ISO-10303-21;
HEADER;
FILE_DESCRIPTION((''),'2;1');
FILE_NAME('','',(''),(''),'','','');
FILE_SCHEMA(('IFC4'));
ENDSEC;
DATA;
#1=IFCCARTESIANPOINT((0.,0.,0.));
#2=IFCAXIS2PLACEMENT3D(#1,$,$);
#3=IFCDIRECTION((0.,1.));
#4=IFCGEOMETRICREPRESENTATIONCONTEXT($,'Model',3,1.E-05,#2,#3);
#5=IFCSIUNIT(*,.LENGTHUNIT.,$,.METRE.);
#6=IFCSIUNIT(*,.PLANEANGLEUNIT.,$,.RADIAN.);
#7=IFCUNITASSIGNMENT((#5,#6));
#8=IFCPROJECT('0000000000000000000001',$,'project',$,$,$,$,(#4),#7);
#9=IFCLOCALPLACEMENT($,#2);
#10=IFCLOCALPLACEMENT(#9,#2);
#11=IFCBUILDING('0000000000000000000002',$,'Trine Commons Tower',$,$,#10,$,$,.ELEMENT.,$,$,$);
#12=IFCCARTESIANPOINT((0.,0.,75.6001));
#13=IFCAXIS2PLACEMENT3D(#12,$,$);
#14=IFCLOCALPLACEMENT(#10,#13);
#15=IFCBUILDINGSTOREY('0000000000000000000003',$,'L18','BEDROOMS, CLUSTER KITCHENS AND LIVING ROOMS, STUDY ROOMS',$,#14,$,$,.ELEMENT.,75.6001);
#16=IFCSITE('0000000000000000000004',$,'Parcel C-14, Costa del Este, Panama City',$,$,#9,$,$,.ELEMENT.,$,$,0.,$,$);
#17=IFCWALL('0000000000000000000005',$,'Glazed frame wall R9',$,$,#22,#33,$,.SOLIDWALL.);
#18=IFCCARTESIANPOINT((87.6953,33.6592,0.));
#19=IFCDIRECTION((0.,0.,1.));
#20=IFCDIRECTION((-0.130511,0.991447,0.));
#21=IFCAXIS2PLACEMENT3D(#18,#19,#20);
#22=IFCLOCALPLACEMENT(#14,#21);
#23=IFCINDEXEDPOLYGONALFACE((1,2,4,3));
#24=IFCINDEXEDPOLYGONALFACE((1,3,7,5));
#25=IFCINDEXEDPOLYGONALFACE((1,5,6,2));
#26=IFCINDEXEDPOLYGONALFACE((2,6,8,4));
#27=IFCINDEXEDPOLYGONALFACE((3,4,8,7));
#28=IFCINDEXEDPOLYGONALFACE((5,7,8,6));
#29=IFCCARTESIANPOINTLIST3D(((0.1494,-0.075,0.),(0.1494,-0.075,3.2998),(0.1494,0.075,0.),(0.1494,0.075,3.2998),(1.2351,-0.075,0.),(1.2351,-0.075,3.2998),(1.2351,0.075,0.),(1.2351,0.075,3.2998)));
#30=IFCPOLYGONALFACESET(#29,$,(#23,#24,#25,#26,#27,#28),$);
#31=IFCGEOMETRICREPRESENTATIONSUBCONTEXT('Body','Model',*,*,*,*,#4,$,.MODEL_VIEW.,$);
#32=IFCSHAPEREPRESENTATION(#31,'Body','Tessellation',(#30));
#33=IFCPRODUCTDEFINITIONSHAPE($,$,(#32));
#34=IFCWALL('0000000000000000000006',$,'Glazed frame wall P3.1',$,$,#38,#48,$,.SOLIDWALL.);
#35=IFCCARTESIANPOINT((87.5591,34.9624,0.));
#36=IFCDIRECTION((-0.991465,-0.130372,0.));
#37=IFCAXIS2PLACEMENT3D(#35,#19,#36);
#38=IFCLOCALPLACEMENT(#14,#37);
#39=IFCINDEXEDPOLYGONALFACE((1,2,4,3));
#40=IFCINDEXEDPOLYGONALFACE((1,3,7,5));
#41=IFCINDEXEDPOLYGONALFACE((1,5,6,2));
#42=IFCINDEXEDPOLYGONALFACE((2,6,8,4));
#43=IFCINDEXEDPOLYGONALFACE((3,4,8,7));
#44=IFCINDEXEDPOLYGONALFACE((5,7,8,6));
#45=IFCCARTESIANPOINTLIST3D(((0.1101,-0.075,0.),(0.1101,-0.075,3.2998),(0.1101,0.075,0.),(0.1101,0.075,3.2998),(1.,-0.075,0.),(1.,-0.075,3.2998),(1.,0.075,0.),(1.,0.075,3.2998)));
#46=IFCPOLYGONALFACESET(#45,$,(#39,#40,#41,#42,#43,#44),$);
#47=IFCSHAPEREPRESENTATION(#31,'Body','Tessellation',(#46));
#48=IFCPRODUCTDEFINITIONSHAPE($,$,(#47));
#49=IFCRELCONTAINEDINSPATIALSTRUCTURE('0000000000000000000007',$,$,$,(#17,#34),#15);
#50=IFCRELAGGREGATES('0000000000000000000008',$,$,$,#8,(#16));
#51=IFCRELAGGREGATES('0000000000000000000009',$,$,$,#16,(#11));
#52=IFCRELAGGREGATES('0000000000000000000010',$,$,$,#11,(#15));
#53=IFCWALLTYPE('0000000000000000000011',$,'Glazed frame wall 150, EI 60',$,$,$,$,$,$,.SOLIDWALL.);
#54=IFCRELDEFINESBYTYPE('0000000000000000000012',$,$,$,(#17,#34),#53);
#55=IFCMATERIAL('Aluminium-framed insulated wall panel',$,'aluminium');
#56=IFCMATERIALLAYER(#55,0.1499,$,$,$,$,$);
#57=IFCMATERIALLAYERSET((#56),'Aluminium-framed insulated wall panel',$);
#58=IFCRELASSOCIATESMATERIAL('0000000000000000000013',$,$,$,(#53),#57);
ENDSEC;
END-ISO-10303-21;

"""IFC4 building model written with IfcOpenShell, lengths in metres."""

from ifc_helpers import new_model, si_unit, direction, frame, origin, place, context, subcontext, project, spatial, polyline, outline, extrude, material, layer, layer_set, type_object, element, save


model = new_model("IFC4")

# Units and contexts
model_context = context("Model", 3, precision=1e-05, world=origin(), true_north=direction((0.0, 1.0)))
body_context = subcontext(model_context, "Body", "Model", "MODEL_VIEW")
ifc_project = project(units=[si_unit("LENGTHUNIT", "METRE"), si_unit("PLANEANGLEUNIT", "RADIAN")], contexts=[model_context])

# Site, building, storey
site_placement = place(None, origin())
site = spatial("IfcSite", under=ifc_project, at=site_placement, Name="Parcel C-14, Costa del Este, Panama City", CompositionType="ELEMENT", RefElevation=0.0)
building_placement = place(site_placement, origin())
building = spatial("IfcBuilding", under=site, at=building_placement, Name="Trine Commons Tower", CompositionType="ELEMENT")
storey_placement = place(building_placement, frame((0.0, 0.0, 75.6001)))
storey = spatial("IfcBuildingStorey", under=building, at=storey_placement, Name="L18", Description="BEDROOMS, CLUSTER KITCHENS AND LIVING ROOMS, STUDY ROOMS", CompositionType="ELEMENT", Elevation=75.6001)

# Walls
ifc_material_1 = material(Name="Aluminium-framed insulated wall panel", Category="aluminium")
ifc_layer_1 = layer(ifc_material_1, 0.1499)
ifc_layer_set_1 = layer_set([ifc_layer_1], Name="Aluminium-framed insulated wall panel")
wall_type_1 = type_object("IfcWallType", Name="Glazed frame wall 150, EI 60", PredefinedType="SOLIDWALL", material=ifc_layer_set_1)
wall_1_placement = place(storey_placement, frame((87.6953, 33.6592, 0.0), z_axis=(0.0, 0.0, 1.0), x_axis=(-0.130511, 0.991447, 0.0)))
element("IfcWall", 1, at=wall_1_placement, inside=storey, type_object=wall_type_1, Name="Glazed frame wall R9", PredefinedType="SOLIDWALL", context=body_context, shape_type="SweptSolid", body=[
    extrude(outline(polyline([(0.1494, 0.075), (0.1494, -0.075), (1.2351, -0.075), (1.2351, 0.075), (0.1494, 0.075)])), origin(), (0.0, 0.0, 1.0), 3.2998),
])
wall_2_placement = place(storey_placement, frame((87.5591, 34.9624, 0.0), z_axis=(0.0, 0.0, 1.0), x_axis=(-0.991465, -0.130372, 0.0)))
element("IfcWall", 2, at=wall_2_placement, inside=storey, type_object=wall_type_1, Name="Glazed frame wall P3.1", PredefinedType="SOLIDWALL", context=body_context, shape_type="SweptSolid", body=[
    extrude(outline(polyline([(0.1101, -0.075), (1.0, -0.075), (1.0, 0.075), (0.1101, 0.075), (0.1101, -0.075)])), origin(), (0.0, 0.0, 1.0), 3.2998),
])

save(model, "model.ifc")
